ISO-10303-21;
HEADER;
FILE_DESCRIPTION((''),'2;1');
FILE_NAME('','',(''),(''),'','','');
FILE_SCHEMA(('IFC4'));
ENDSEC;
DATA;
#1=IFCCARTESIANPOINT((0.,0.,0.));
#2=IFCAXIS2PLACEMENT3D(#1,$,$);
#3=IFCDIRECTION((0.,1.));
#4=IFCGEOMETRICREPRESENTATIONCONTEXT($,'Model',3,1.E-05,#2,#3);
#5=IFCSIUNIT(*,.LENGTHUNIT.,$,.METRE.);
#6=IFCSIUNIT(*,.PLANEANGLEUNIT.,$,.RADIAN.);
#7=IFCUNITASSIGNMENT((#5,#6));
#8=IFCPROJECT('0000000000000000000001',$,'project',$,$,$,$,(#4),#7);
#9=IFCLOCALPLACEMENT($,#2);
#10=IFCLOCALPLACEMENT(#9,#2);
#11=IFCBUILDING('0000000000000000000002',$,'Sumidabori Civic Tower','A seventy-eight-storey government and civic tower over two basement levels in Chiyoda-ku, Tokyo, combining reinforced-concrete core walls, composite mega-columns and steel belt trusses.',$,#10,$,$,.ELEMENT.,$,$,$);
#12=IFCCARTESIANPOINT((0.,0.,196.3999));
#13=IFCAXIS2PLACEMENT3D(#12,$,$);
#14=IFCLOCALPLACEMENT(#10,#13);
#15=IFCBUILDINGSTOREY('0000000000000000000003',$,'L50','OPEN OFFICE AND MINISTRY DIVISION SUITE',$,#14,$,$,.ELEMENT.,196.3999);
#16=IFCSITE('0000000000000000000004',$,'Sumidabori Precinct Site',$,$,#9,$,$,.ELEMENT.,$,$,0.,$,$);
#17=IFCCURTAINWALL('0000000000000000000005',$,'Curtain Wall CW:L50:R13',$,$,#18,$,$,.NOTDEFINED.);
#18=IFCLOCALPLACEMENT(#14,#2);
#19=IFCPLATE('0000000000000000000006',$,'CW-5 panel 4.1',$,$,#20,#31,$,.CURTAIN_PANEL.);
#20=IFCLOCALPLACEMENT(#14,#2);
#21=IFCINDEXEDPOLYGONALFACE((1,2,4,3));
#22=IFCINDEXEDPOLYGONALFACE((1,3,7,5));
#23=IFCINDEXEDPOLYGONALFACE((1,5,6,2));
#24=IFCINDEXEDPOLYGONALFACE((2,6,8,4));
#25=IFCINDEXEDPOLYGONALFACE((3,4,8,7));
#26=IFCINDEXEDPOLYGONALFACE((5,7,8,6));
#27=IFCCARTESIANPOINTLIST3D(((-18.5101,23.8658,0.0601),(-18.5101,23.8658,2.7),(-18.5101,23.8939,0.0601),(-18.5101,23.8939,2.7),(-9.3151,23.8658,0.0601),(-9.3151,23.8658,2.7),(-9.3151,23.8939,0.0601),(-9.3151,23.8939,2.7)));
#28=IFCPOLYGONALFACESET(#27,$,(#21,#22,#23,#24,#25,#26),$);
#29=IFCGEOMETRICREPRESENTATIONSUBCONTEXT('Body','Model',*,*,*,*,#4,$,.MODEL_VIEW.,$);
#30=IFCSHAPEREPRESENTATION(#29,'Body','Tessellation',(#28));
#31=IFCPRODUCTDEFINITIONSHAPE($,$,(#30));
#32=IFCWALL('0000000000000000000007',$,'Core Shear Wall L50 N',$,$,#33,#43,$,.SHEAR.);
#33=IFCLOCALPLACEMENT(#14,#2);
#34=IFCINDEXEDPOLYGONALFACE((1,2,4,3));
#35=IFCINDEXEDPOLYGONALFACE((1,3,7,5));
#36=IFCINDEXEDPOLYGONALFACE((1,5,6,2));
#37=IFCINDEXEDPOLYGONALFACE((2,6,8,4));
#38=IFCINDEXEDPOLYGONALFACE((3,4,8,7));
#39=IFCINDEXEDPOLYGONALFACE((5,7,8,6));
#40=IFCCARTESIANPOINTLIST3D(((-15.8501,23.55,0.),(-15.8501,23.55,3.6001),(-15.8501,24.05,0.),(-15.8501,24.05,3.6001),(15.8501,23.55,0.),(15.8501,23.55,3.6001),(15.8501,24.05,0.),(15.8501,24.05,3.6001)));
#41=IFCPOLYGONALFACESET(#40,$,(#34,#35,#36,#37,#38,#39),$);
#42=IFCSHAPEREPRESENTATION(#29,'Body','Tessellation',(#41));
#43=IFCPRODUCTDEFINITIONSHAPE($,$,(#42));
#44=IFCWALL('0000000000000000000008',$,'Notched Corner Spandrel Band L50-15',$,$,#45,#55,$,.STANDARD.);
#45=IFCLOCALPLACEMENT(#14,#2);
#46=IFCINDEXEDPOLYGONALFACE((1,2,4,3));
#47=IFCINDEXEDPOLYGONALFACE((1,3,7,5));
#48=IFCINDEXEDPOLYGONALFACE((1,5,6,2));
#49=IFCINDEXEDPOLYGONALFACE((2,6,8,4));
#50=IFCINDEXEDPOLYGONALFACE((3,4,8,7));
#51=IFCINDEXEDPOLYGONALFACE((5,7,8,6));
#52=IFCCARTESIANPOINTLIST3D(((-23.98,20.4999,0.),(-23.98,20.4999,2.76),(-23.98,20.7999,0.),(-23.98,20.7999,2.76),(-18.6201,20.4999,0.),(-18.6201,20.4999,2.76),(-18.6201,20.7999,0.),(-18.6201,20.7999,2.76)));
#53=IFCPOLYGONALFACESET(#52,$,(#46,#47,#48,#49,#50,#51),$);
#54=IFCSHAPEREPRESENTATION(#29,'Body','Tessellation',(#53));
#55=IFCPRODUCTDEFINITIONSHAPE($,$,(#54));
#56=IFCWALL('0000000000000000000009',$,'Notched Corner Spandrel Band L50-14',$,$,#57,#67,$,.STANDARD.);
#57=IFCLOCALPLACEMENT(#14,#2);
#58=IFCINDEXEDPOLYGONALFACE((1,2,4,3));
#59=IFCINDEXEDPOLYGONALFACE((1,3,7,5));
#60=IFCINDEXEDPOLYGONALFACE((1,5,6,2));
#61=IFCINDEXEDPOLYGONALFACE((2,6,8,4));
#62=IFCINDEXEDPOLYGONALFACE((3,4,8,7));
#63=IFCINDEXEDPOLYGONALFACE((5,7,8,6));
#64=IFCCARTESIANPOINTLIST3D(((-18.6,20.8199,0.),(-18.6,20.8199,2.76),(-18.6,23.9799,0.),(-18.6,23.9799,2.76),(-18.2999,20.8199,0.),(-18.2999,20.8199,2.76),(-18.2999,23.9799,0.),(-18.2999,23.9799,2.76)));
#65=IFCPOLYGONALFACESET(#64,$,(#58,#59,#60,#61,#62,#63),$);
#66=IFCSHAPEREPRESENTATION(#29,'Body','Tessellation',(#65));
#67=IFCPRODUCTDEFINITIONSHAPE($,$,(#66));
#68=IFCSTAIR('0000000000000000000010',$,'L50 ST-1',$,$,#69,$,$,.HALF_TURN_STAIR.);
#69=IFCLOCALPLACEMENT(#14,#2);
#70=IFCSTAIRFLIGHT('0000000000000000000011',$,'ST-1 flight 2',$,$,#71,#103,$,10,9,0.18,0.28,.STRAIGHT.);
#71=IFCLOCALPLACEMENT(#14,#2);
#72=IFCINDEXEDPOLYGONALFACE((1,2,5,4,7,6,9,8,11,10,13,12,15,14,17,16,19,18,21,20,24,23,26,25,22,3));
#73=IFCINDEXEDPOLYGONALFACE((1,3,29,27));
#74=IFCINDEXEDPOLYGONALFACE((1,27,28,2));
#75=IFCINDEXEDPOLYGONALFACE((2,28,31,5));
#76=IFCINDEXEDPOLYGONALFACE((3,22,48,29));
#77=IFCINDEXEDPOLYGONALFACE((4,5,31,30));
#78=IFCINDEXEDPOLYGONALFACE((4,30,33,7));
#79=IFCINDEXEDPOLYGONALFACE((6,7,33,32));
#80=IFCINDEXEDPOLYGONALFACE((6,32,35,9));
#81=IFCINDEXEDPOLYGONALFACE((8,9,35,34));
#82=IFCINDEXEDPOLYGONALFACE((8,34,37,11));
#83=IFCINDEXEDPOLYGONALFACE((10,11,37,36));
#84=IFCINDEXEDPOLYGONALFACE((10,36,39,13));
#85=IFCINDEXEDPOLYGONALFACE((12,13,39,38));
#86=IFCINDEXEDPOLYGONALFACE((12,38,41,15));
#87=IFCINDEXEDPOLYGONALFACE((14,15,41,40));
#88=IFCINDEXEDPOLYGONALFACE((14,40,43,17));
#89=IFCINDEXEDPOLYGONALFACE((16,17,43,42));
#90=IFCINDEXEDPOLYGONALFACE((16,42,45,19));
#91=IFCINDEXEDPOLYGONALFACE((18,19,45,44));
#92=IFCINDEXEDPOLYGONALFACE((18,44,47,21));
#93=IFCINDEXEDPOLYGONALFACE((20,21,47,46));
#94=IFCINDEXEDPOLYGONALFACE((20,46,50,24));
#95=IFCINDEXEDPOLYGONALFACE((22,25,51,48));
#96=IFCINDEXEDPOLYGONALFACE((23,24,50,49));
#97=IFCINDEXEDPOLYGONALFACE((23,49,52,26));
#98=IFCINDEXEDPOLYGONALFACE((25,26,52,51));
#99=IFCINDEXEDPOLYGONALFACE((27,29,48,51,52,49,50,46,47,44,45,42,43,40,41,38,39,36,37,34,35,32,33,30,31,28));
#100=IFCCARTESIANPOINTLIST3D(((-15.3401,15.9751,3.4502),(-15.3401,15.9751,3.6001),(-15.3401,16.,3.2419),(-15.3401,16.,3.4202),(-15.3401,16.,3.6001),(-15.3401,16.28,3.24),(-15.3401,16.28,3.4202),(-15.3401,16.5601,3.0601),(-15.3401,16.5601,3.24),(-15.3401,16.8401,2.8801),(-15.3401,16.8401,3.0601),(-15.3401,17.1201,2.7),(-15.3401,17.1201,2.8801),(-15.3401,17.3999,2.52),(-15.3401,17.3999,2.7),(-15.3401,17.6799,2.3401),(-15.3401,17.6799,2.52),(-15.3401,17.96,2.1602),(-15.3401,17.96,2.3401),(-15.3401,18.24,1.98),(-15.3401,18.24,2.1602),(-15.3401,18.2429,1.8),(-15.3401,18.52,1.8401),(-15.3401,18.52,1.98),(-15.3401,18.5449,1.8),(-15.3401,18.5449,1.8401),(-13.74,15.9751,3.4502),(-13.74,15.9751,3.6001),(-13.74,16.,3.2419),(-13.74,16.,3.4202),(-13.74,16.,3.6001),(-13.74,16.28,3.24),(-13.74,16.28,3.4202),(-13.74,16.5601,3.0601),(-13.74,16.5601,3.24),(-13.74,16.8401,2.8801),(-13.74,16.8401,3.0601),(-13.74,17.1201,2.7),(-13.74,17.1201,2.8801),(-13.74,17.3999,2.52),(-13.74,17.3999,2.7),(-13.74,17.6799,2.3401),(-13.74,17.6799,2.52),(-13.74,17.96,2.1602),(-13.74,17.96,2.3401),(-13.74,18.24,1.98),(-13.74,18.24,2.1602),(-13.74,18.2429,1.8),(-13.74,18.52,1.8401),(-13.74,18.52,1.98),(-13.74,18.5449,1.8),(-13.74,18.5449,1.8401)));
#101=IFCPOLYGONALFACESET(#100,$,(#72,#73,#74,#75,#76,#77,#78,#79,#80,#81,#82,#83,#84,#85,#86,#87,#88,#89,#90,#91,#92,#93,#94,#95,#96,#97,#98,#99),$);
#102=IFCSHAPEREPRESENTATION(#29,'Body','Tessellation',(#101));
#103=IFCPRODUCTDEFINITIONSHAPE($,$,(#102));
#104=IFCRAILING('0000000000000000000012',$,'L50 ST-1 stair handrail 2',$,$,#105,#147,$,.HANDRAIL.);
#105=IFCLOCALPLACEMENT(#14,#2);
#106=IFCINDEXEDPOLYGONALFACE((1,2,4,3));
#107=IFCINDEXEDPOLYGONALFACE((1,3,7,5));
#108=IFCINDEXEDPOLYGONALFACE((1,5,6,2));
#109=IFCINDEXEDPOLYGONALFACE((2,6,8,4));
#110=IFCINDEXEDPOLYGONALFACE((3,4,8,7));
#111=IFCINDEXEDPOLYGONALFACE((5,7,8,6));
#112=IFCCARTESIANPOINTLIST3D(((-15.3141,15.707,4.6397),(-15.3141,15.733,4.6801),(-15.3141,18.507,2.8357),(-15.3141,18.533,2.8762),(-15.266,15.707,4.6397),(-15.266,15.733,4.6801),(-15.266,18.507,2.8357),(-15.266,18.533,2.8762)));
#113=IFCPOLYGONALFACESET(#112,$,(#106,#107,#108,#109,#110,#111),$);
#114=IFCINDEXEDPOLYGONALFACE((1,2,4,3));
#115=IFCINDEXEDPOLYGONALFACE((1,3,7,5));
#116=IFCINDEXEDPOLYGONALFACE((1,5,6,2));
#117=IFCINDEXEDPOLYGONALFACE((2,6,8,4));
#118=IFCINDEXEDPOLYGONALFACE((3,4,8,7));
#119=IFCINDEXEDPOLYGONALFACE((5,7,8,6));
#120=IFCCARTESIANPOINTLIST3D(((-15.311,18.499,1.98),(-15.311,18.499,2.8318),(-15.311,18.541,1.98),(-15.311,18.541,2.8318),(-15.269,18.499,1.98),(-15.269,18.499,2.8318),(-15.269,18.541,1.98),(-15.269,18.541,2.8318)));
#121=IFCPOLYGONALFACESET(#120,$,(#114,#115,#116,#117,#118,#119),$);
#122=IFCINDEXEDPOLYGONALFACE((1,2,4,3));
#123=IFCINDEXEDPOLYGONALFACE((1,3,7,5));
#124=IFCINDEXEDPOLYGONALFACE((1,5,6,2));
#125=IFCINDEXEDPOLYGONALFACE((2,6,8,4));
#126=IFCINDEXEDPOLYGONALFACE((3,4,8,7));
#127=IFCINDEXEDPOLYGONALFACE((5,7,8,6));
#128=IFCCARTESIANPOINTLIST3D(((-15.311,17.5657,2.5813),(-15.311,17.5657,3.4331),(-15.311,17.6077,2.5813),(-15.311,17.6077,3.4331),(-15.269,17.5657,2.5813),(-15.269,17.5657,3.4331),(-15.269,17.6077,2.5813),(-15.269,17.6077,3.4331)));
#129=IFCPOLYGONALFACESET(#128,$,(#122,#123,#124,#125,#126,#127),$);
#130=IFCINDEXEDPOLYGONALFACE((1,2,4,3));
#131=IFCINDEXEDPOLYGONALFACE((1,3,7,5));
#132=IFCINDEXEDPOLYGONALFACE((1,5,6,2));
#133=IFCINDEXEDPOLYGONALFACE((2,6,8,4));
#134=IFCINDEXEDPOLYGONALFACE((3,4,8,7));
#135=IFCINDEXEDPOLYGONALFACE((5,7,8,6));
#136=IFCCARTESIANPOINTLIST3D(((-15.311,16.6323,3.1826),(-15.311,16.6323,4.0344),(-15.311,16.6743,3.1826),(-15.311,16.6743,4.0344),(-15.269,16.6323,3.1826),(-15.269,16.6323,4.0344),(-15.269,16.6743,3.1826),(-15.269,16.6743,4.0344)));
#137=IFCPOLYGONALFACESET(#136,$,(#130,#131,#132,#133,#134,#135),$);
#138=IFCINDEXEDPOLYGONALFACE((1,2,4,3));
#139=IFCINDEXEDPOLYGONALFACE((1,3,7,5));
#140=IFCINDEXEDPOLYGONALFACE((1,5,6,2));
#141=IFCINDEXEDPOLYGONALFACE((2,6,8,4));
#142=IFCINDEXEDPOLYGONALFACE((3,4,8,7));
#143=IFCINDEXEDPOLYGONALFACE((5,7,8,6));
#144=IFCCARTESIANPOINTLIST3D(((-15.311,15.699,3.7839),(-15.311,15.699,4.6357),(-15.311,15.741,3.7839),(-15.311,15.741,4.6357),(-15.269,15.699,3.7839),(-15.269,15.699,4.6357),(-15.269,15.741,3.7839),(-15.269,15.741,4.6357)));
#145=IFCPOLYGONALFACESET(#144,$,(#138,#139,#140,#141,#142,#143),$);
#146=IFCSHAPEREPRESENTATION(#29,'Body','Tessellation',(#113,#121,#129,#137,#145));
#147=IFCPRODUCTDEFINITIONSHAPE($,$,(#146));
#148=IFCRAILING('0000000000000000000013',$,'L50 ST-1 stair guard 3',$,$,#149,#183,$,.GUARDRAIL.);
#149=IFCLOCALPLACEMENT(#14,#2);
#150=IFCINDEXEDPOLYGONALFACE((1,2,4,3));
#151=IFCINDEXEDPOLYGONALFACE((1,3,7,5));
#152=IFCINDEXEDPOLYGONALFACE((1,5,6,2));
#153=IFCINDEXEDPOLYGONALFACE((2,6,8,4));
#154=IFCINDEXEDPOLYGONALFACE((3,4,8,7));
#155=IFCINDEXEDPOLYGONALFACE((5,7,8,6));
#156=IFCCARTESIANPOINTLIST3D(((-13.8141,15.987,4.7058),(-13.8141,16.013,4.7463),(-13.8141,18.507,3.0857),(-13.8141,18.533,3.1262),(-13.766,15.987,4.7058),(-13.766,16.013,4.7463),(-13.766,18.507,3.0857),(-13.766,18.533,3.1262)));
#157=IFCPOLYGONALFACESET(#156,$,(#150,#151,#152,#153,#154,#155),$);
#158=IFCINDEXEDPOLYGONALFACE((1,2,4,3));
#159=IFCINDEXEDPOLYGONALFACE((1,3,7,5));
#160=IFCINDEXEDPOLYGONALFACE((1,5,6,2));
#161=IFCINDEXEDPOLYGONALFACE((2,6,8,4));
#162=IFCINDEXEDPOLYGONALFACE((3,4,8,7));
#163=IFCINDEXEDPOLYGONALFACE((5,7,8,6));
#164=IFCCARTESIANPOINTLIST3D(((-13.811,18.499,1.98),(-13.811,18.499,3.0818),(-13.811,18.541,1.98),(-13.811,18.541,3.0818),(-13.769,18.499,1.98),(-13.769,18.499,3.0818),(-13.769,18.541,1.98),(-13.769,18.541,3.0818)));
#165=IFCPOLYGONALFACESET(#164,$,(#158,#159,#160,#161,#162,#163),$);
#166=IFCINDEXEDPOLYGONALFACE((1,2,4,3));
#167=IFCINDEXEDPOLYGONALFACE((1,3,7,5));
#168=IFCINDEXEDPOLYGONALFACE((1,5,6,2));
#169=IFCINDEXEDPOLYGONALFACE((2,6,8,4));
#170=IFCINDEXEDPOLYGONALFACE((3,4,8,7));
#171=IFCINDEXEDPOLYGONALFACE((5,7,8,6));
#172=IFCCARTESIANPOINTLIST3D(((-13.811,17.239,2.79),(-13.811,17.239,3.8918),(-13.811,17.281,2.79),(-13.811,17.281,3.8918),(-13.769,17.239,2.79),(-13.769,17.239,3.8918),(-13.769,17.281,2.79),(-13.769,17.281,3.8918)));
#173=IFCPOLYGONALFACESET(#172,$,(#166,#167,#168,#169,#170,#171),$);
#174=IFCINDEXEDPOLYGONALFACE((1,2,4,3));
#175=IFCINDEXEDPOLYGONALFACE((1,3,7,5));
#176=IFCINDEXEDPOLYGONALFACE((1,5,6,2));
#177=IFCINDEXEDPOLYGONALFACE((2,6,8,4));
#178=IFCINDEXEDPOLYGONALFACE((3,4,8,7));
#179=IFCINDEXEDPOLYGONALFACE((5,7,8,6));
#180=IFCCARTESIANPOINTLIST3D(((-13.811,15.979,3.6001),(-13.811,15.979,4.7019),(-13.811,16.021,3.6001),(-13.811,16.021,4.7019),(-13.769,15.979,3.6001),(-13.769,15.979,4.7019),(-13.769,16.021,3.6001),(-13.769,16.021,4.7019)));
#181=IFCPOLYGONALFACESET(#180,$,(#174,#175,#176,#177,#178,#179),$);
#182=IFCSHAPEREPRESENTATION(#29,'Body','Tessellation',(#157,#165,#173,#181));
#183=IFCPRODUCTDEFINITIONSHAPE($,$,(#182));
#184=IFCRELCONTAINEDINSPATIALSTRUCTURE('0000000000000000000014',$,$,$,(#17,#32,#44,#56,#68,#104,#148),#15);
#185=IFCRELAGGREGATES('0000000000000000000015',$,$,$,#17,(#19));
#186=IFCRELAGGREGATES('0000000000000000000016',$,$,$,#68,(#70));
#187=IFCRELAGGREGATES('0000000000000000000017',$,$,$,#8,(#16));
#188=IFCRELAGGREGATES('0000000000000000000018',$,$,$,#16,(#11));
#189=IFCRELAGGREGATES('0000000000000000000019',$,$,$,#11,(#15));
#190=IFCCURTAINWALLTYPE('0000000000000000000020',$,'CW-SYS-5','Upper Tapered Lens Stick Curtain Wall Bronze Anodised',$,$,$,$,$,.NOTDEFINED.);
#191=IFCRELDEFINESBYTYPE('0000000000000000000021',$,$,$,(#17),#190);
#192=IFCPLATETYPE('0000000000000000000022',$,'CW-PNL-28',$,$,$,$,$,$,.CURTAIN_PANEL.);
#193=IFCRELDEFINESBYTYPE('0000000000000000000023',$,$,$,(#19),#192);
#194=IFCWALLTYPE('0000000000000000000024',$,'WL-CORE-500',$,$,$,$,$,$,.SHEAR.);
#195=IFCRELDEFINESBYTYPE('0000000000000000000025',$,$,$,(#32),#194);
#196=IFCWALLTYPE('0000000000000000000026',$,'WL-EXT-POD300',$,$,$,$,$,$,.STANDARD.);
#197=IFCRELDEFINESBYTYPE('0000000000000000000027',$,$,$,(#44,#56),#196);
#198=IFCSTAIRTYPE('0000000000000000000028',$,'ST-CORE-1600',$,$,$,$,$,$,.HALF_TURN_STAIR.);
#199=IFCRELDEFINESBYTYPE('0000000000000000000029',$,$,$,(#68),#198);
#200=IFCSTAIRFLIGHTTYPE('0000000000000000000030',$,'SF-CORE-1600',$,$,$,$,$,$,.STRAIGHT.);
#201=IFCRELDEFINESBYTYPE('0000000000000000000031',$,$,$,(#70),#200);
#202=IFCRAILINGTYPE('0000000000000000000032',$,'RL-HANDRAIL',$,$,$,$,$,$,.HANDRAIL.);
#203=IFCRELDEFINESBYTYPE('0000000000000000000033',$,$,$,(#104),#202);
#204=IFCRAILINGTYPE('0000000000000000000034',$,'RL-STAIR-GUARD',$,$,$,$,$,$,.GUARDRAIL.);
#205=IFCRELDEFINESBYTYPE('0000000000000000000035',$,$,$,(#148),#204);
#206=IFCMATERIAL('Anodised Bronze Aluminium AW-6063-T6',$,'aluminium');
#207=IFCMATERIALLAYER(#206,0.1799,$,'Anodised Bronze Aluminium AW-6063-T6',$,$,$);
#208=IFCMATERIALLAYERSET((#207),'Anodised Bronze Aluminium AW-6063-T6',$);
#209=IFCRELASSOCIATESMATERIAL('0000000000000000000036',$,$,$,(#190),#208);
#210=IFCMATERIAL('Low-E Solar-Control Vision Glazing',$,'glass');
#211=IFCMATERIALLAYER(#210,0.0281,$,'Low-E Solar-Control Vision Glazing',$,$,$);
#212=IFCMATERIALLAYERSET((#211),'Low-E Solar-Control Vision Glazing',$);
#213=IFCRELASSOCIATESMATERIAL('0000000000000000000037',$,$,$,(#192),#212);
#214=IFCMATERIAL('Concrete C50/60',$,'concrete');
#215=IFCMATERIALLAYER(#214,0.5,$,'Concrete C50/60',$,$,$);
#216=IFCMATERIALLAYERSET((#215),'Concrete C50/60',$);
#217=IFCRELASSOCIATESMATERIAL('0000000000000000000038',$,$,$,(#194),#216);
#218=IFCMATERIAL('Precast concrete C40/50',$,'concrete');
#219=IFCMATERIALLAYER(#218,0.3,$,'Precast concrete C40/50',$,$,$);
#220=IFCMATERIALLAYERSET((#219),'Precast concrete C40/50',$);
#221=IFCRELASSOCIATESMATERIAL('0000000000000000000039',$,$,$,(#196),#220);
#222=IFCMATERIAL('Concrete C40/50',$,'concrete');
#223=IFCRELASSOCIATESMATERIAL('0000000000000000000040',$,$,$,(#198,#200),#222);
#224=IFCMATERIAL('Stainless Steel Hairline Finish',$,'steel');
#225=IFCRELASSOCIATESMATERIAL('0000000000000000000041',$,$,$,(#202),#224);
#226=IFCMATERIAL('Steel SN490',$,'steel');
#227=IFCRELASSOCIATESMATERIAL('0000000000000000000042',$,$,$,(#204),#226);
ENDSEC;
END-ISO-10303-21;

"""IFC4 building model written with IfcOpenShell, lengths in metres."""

from ifc_helpers import new_model, si_unit, direction, frame, frame_2d, origin, origin_2d, place, context, subcontext, project, spatial, polyline, rectangle, outline, extrude, source, transform, mapped, material, layer, layer_set, type_object, element, aggregate, save


model = new_model("IFC4")

# Units and contexts
model_context = context("Model", 3, precision=1e-05, world=origin(), true_north=direction((0.0, 1.0)))
body_context = subcontext(model_context, "Body", "Model", "MODEL_VIEW")
ifc_project = project(units=[si_unit("LENGTHUNIT", "METRE"), si_unit("PLANEANGLEUNIT", "RADIAN")], contexts=[model_context])

# Site, building, storey
site_placement = place(None, origin())
site = spatial("IfcSite", under=ifc_project, at=site_placement, Name="Sumidabori Precinct Site", CompositionType="ELEMENT", RefElevation=0.0)
building_placement = place(site_placement, origin())
building = spatial("IfcBuilding", under=site, at=building_placement, Name="Sumidabori Civic Tower", Description="A seventy-eight-storey government and civic tower over two basement levels in Chiyoda-ku, Tokyo, combining reinforced-concrete core walls, composite mega-columns and steel belt trusses.", CompositionType="ELEMENT")
storey_placement = place(building_placement, frame((0.0, 0.0, 196.3999)))
storey = spatial("IfcBuildingStorey", under=building, at=storey_placement, Name="L50", Description="OPEN OFFICE AND MINISTRY DIVISION SUITE", CompositionType="ELEMENT", Elevation=196.3999)

# Shared definitions
ifc_material_1 = material(Name="Steel SN490", Category="steel")

# Curtain wall
ifc_material_2 = material(Name="Anodised Bronze Aluminium AW-6063-T6", Category="aluminium")
ifc_layer_1 = layer(ifc_material_2, 0.1799, Name="Anodised Bronze Aluminium AW-6063-T6")
ifc_layer_set_1 = layer_set([ifc_layer_1], Name="Anodised Bronze Aluminium AW-6063-T6")
curtain_wall_type = type_object("IfcCurtainWallType", Name="CW-SYS-5", Description="Upper Tapered Lens Stick Curtain Wall Bronze Anodised", PredefinedType="NOTDEFINED", material=ifc_layer_set_1)
curtain_wall_1_placement = place(storey_placement, origin())
curtain_wall_1 = element("IfcCurtainWall", 1, at=curtain_wall_1_placement, inside=storey, type_object=curtain_wall_type, Name="Curtain Wall CW:L50:R13", PredefinedType="NOTDEFINED")

# Shared definitions
ifc_material_3 = material(Name="Low-E Solar-Control Vision Glazing", Category="glass")
ifc_layer_2 = layer(ifc_material_3, 0.0281, Name="Low-E Solar-Control Vision Glazing")
ifc_layer_set_2 = layer_set([ifc_layer_2], Name="Low-E Solar-Control Vision Glazing")
plate_type = type_object("IfcPlateType", Name="CW-PNL-28", PredefinedType="CURTAIN_PANEL", material=ifc_layer_set_2)

# Plate
shared_shape_1 = source(origin(), body_context, "Body", "SweptSolid", [
    extrude(rectangle(XDim=9.1951, YDim=0.0281, at=origin_2d()), origin(), (0.0, 0.0, 1.0), 2.6399),
])
plate_1_placement = place(storey_placement, frame((-13.9126, 23.8799, 0.0601), z_axis=(0.0, 0.0, 1.0), x_axis=(-1.0, 0.0, 0.0)))
plate_1 = element("IfcPlate", 2, at=plate_1_placement, type_object=plate_type, Name="CW-5 panel 4.1", PredefinedType="CURTAIN_PANEL", context=body_context, shape_type="MappedRepresentation", body=[
    mapped(shared_shape_1, transform((0.0, 0.0, 0.0), x_axis=(1.0, 0.0, 0.0), y_axis=(0.0, 1.0, 0.0), z_axis=(0.0, 0.0, 1.0), scale=1.0)),
])
aggregate(curtain_wall_1, [plate_1])

# Wall
ifc_material_4 = material(Name="Concrete C50/60", Category="concrete")
ifc_layer_3 = layer(ifc_material_4, 0.5, Name="Concrete C50/60")
ifc_layer_set_3 = layer_set([ifc_layer_3], Name="Concrete C50/60")
wall_type_1 = type_object("IfcWallType", Name="WL-CORE-500", PredefinedType="SHEAR", material=ifc_layer_set_3)
shared_shape_2 = source(origin(), body_context, "Body", "SweptSolid", [
    extrude(rectangle(XDim=31.7002, YDim=0.5, at=frame_2d((15.8501, 0.0))), origin(), (0.0, 0.0, 1.0), 3.6001),
])
wall_1_placement = place(storey_placement, frame((-15.8501, 23.8, 0.0), z_axis=(0.0, 0.0, 1.0), x_axis=(1.0, 0.0, 0.0)))
element("IfcWall", 3, at=wall_1_placement, inside=storey, type_object=wall_type_1, Name="Core Shear Wall L50 N", PredefinedType="SHEAR", context=body_context, shape_type="MappedRepresentation", body=[
    mapped(shared_shape_2, transform((0.0, 0.0, 0.0), x_axis=(1.0, 0.0, 0.0), y_axis=(0.0, 1.0, 0.0), z_axis=(0.0, 0.0, 1.0), scale=1.0)),
])

# Walls
ifc_material_5 = material(Name="Precast concrete C40/50", Category="concrete")
ifc_layer_4 = layer(ifc_material_5, 0.3, Name="Precast concrete C40/50")
ifc_layer_set_4 = layer_set([ifc_layer_4], Name="Precast concrete C40/50")
wall_type_2 = type_object("IfcWallType", Name="WL-EXT-POD300", PredefinedType="STANDARD", material=ifc_layer_set_4)
shared_shape_3 = source(origin(), body_context, "Body", "SweptSolid", [
    extrude(rectangle(XDim=5.3599, YDim=0.3, at=frame_2d((2.6799, 0.0))), origin(), (0.0, 0.0, 1.0), 2.76),
])
wall_2_placement = place(storey_placement, frame((-18.6201, 20.6499, 0.0), z_axis=(0.0, 0.0, 1.0), x_axis=(-1.0, 0.0, 0.0)))
element("IfcWall", 4, at=wall_2_placement, inside=storey, type_object=wall_type_2, Name="Notched Corner Spandrel Band L50-15", PredefinedType="STANDARD", context=body_context, shape_type="MappedRepresentation", body=[
    mapped(shared_shape_3, transform((0.0, 0.0, 0.0), x_axis=(1.0, 0.0, 0.0), y_axis=(0.0, 1.0, 0.0), z_axis=(0.0, 0.0, 1.0), scale=1.0)),
])
shared_shape_4 = source(origin(), body_context, "Body", "SweptSolid", [
    extrude(rectangle(XDim=3.1599, YDim=0.3, at=frame_2d((1.5801, 0.0))), origin(), (0.0, 0.0, 1.0), 2.76),
])
wall_3_placement = place(storey_placement, frame((-18.45, 23.98, 0.0), z_axis=(0.0, 0.0, 1.0), x_axis=(0.0, -1.0, 0.0)))
element("IfcWall", 5, at=wall_3_placement, inside=storey, type_object=wall_type_2, Name="Notched Corner Spandrel Band L50-14", PredefinedType="STANDARD", context=body_context, shape_type="MappedRepresentation", body=[
    mapped(shared_shape_4, transform((0.0, 0.0, 0.0), x_axis=(1.0, 0.0, 0.0), y_axis=(0.0, 1.0, 0.0), z_axis=(0.0, 0.0, 1.0), scale=1.0)),
])

# Stair, stair flight
ifc_material_6 = material(Name="Concrete C40/50", Category="concrete")
stair_type = type_object("IfcStairType", Name="ST-CORE-1600", PredefinedType="HALF_TURN_STAIR", material=ifc_material_6)
stair_placement = place(storey_placement, origin())
stair = element("IfcStair", 6, at=stair_placement, inside=storey, type_object=stair_type, Name="L50 ST-1", PredefinedType="HALF_TURN_STAIR")
stair_flight_type = type_object("IfcStairFlightType", Name="SF-CORE-1600", PredefinedType="STRAIGHT", material=ifc_material_6)
shared_shape_5 = source(origin(), body_context, "Body", "SweptSolid", [
    extrude(outline(polyline([(-0.0249, 0.0), (-0.0249, 0.04), (0.0, 0.04), (0.0, 0.1799), (0.28, 0.1799), (0.28, 0.3601), (0.5601, 0.3601), (0.5601, 0.54), (0.8401, 0.54), (0.8401, 0.72), (1.1201, 0.72), (1.1201, 0.8999), (1.3999, 0.8999), (1.3999, 1.0801), (1.6799, 1.0801), (1.6799, 1.26), (1.96, 1.26), (1.96, 1.4399), (2.24, 1.4399), (2.24, 1.6201), (2.52, 1.6201), (2.52, 1.8), (2.5449, 1.8), (2.5449, 1.6501), (2.52, 1.4419), (0.2771, 0.0), (-0.0249, 0.0)])), frame((0.0, 0.8, 0.0), z_axis=(0.0, -1.0, 0.0), x_axis=(1.0, 0.0, 0.0)), (0.0, 0.0, 1.0), 1.6001),
])
stair_flight_placement = place(storey_placement, frame((-14.54, 18.52, 1.8), z_axis=(0.0, 0.0, 1.0), x_axis=(0.0, -1.0, 0.0)))
stair_flight = element("IfcStairFlight", 7, at=stair_flight_placement, type_object=stair_flight_type, Name="ST-1 flight 2", NumberOfRisers=10, NumberOfTreads=9, PredefinedType="STRAIGHT", RiserHeight=0.18, TreadLength=0.28, context=body_context, shape_type="MappedRepresentation", body=[
    mapped(shared_shape_5, transform((0.0, 0.0, 0.0), x_axis=(1.0, 0.0, 0.0), y_axis=(0.0, 1.0, 0.0), z_axis=(0.0, 0.0, 1.0), scale=1.0)),
])
aggregate(stair, [stair_flight])

# Railings
ifc_material_7 = material(Name="Stainless Steel Hairline Finish", Category="steel")
railing_type_1 = type_object("IfcRailingType", Name="RL-HANDRAIL", PredefinedType="HANDRAIL", material=ifc_material_7)
railing_1_placement = place(storey_placement, frame((-15.29, 18.52, 1.98)))
element("IfcRailing", 8, at=railing_1_placement, inside=storey, type_object=railing_type_1, Name="L50 ST-1 stair handrail 2", PredefinedType="HANDRAIL", context=body_context, shape_type="SweptSolid", body=[
    extrude(rectangle(XDim=0.0481, YDim=0.0481, at=origin_2d()), frame((0.0, 0.0, 0.876), z_axis=(0.0, -0.840642, 0.541591), x_axis=(1.0, 0.0, 0.0)), (0.0, 0.0, 1.0), 3.3308),
    extrude(rectangle(XDim=0.042, YDim=0.042, at=origin_2d()), origin(), (0.0, 0.0, 1.0), 0.8518),
    extrude(rectangle(XDim=0.042, YDim=0.042, at=origin_2d()), frame((0.0, -0.9333, 0.6013)), (0.0, 0.0, 1.0), 0.8518),
    extrude(rectangle(XDim=0.042, YDim=0.042, at=origin_2d()), frame((0.0, -1.8667, 1.2026)), (0.0, 0.0, 1.0), 0.8518),
    extrude(rectangle(XDim=0.042, YDim=0.042, at=origin_2d()), frame((0.0, -2.8, 1.804)), (0.0, 0.0, 1.0), 0.8518),
])
railing_type_2 = type_object("IfcRailingType", Name="RL-STAIR-GUARD", PredefinedType="GUARDRAIL", material=ifc_material_1)
railing_2_placement = place(storey_placement, frame((-13.79, 18.52, 1.98)))
element("IfcRailing", 9, at=railing_2_placement, inside=storey, type_object=railing_type_2, Name="L50 ST-1 stair guard 3", PredefinedType="GUARDRAIL", context=body_context, shape_type="SweptSolid", body=[
    extrude(rectangle(XDim=0.0481, YDim=0.0481, at=origin_2d()), frame((0.0, 0.0, 1.126), z_axis=(0.0, -0.841163, 0.540782), x_axis=(1.0, 0.0, 0.0)), (0.0, 0.0, 1.0), 2.9958),
    extrude(rectangle(XDim=0.042, YDim=0.042, at=origin_2d()), origin(), (0.0, 0.0, 1.0), 1.1018),
    extrude(rectangle(XDim=0.042, YDim=0.042, at=origin_2d()), frame((0.0, -1.26, 0.8101)), (0.0, 0.0, 1.0), 1.1018),
    extrude(rectangle(XDim=0.042, YDim=0.042, at=origin_2d()), frame((0.0, -2.52, 1.6201)), (0.0, 0.0, 1.0), 1.1018),
])

save(model, "model.ifc")
